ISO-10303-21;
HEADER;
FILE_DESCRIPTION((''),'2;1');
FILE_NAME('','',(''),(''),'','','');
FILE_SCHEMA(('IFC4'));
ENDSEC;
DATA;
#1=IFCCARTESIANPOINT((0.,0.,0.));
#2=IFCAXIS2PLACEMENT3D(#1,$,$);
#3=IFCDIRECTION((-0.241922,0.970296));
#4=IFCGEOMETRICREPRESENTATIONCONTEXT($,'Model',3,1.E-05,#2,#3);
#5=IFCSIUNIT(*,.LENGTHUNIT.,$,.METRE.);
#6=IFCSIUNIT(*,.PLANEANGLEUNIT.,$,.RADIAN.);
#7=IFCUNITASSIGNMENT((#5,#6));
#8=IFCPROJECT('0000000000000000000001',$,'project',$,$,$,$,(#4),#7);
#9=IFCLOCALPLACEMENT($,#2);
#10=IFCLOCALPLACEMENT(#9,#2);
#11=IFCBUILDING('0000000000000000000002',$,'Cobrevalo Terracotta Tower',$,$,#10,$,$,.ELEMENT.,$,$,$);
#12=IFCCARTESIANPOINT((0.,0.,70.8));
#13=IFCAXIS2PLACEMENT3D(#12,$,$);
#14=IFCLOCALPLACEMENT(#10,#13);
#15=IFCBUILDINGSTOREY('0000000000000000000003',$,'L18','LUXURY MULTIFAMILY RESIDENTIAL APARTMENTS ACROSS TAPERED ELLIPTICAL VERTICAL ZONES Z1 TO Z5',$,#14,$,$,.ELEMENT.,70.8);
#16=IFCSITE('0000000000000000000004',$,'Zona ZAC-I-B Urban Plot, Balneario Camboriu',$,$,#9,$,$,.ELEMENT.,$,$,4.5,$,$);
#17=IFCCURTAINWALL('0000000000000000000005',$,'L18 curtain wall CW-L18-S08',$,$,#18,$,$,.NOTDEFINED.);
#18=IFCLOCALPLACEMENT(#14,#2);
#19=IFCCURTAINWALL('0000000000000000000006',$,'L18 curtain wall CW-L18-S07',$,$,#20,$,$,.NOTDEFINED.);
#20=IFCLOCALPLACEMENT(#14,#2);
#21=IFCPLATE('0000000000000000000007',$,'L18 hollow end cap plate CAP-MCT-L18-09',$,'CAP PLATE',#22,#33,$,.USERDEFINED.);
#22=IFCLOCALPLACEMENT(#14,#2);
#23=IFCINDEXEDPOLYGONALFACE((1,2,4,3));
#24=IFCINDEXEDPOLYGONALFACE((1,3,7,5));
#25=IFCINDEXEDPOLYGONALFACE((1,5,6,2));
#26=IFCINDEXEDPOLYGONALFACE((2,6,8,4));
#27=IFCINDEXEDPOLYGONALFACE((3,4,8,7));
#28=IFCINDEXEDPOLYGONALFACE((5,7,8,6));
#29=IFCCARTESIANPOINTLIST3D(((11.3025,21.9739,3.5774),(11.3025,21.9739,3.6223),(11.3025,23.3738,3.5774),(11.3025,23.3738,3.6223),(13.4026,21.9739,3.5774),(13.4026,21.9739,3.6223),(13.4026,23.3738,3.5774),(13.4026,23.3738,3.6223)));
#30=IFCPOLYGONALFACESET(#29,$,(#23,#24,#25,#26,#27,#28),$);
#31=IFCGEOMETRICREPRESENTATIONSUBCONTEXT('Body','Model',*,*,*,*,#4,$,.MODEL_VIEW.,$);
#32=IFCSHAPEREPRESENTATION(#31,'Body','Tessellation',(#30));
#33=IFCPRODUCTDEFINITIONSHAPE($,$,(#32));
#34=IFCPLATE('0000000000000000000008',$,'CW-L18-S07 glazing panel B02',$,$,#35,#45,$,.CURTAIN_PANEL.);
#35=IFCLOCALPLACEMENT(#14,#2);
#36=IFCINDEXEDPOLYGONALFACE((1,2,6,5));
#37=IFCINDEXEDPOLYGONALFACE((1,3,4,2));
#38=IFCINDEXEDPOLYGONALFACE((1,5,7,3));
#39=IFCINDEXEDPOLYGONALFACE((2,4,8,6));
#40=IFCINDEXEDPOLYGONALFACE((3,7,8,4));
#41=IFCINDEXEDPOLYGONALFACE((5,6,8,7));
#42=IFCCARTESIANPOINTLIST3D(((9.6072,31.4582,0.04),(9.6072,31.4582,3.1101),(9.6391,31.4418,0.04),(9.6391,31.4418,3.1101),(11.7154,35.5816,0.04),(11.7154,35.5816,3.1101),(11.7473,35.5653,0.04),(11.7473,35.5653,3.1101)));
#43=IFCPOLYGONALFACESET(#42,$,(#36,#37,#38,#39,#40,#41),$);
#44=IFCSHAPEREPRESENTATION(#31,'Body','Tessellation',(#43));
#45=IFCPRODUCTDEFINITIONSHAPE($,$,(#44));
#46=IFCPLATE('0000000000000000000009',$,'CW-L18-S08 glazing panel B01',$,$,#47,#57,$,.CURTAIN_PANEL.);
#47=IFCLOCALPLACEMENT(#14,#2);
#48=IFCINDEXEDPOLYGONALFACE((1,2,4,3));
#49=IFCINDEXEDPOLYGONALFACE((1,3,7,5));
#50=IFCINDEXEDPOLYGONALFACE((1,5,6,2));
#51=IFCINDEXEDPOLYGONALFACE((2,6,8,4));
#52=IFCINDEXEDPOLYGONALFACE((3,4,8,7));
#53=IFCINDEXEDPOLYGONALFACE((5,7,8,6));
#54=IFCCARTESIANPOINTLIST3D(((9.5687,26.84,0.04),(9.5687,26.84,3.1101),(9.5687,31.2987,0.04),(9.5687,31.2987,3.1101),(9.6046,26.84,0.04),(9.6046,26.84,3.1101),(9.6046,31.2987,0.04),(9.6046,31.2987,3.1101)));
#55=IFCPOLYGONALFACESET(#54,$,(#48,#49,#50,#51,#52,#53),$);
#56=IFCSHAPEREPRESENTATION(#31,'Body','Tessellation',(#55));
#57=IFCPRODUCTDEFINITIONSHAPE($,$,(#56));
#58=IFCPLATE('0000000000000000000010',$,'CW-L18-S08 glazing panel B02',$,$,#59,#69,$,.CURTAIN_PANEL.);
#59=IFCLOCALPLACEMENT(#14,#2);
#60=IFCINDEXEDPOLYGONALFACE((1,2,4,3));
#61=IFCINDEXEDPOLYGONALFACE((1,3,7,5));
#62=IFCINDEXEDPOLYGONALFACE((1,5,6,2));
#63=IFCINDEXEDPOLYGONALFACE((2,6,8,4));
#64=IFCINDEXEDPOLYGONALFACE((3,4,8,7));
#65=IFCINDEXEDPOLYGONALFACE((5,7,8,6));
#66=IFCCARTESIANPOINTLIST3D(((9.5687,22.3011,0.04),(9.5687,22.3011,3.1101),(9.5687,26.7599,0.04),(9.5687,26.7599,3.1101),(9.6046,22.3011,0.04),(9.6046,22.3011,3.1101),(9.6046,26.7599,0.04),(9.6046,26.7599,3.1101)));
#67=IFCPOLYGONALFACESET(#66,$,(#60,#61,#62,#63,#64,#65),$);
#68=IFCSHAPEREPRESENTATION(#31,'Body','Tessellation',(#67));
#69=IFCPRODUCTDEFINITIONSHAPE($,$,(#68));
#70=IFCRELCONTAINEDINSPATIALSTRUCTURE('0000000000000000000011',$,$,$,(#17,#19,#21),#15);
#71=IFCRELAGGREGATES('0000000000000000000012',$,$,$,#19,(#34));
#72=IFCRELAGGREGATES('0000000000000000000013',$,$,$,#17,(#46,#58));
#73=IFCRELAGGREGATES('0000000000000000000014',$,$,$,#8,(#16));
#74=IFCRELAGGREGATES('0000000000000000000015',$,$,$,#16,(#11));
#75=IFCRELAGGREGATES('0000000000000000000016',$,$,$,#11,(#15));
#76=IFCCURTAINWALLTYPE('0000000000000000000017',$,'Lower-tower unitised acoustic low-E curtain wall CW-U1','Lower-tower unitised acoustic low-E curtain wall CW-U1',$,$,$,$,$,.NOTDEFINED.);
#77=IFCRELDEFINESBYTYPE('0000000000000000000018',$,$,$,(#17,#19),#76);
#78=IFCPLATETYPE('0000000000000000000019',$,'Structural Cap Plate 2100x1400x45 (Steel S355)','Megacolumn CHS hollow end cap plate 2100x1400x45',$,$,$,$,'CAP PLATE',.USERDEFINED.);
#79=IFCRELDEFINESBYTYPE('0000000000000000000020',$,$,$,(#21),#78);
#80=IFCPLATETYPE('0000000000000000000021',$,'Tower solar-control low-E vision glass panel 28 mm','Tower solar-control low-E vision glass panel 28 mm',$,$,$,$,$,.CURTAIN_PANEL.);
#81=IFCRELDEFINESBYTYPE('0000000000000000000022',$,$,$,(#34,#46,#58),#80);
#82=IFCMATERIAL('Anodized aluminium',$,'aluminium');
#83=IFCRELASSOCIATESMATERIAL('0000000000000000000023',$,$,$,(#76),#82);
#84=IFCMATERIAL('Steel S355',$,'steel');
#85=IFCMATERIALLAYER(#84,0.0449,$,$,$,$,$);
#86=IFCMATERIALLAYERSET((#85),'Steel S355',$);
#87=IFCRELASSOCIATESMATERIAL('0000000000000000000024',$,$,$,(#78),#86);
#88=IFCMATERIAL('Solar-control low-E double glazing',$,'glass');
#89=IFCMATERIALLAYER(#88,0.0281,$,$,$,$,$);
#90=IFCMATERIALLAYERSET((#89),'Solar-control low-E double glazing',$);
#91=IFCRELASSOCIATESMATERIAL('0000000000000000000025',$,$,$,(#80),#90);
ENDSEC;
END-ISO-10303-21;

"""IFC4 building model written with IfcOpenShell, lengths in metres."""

from ifc_helpers import new_model, si_unit, direction, frame, origin, origin_2d, place, context, subcontext, project, spatial, rectangle, extrude, source, transform, mapped, material, layer, layer_set, type_object, element, aggregate, save


model = new_model("IFC4")

# Units and contexts
model_context = context("Model", 3, precision=1e-05, world=origin(), true_north=direction((-0.241922, 0.970296)))
body_context = subcontext(model_context, "Body", "Model", "MODEL_VIEW")
ifc_project = project(units=[si_unit("LENGTHUNIT", "METRE"), si_unit("PLANEANGLEUNIT", "RADIAN")], contexts=[model_context])

# Site, building, storey
site_placement = place(None, origin())
site = spatial("IfcSite", under=ifc_project, at=site_placement, Name="Zona ZAC-I-B Urban Plot, Balneario Camboriu", CompositionType="ELEMENT", RefElevation=4.5)
building_placement = place(site_placement, origin())
building = spatial("IfcBuilding", under=site, at=building_placement, Name="Cobrevalo Terracotta Tower", CompositionType="ELEMENT")
storey_placement = place(building_placement, frame((0.0, 0.0, 70.8)))
storey = spatial("IfcBuildingStorey", under=building, at=storey_placement, Name="L18", Description="LUXURY MULTIFAMILY RESIDENTIAL APARTMENTS ACROSS TAPERED ELLIPTICAL VERTICAL ZONES Z1 TO Z5", CompositionType="ELEMENT", Elevation=70.8)

# Shared definitions
ifc_material_1 = material(Name="Steel S355", Category="steel")

# Curtain wall
ifc_material_2 = material(Name="Anodized aluminium", Category="aluminium")
curtain_wall_type = type_object("IfcCurtainWallType", Name="Lower-tower unitised acoustic low-E curtain wall CW-U1", Description="Lower-tower unitised acoustic low-E curtain wall CW-U1", PredefinedType="NOTDEFINED", material=ifc_material_2)
curtain_wall_1_placement = place(storey_placement, origin())
curtain_wall_1 = element("IfcCurtainWall", 1, at=curtain_wall_1_placement, inside=storey, type_object=curtain_wall_type, Name="L18 curtain wall CW-L18-S08", PredefinedType="NOTDEFINED")

# Curtain wall
curtain_wall_2_placement = place(storey_placement, origin())
curtain_wall_2 = element("IfcCurtainWall", 2, at=curtain_wall_2_placement, inside=storey, type_object=curtain_wall_type, Name="L18 curtain wall CW-L18-S07", PredefinedType="NOTDEFINED")

# Plate
ifc_layer_1 = layer(ifc_material_1, 0.0449)
ifc_layer_set_1 = layer_set([ifc_layer_1], Name="Steel S355")
plate_type_1 = type_object("IfcPlateType", Name="Structural Cap Plate 2100x1400x45 (Steel S355)", Description="Megacolumn CHS hollow end cap plate 2100x1400x45", ElementType="CAP PLATE", PredefinedType="USERDEFINED", material=ifc_layer_set_1)
shared_shape_1 = source(origin(), body_context, "Body", "SweptSolid", [
    extrude(rectangle(XDim=2.1001, YDim=1.3999, at=origin_2d()), origin(), (0.0, 0.0, 1.0), 0.0449),
])
for number, where, z_axis, x_axis, name in (
    (3, (12.3525, 22.6738, 3.5774), (0.0, 0.0, 1.0), (-1.0, 0.0, 0.0), "L18 hollow end cap plate CAP-MCT-L18-09"),
):
    element("IfcPlate", number, at=place(storey_placement, frame(where, z_axis=z_axis, x_axis=x_axis)), inside=storey, type_object=plate_type_1, Name=name, ObjectType="CAP PLATE", PredefinedType="USERDEFINED", context=body_context, shape_type="MappedRepresentation", body=[
        mapped(shared_shape_1, transform((0.0, 0.0, 0.0), scale=1.0)),
    ])

# Plates
ifc_material_3 = material(Name="Solar-control low-E double glazing", Category="glass")
ifc_layer_2 = layer(ifc_material_3, 0.0281)
ifc_layer_set_2 = layer_set([ifc_layer_2], Name="Solar-control low-E double glazing")
plate_type_2 = type_object("IfcPlateType", Name="Tower solar-control low-E vision glass panel 28 mm", Description="Tower solar-control low-E vision glass panel 28 mm", PredefinedType="CURTAIN_PANEL", material=ifc_layer_set_2)
shared_shape_2 = source(origin(), body_context, "Body", "SweptSolid", [
    extrude(rectangle(XDim=4.6311, YDim=0.0359, at=origin_2d()), origin(), (0.0, 0.0, 1.0), 3.0701),
])
plate_1_placement = place(storey_placement, frame((10.6772, 33.5117, 0.04), z_axis=(0.0, 0.0, 1.0), x_axis=(-0.455231, -0.890373, 0.0)))
plate_1 = element("IfcPlate", 4, at=plate_1_placement, type_object=plate_type_2, Name="CW-L18-S07 glazing panel B02", PredefinedType="CURTAIN_PANEL", context=body_context, shape_type="MappedRepresentation", body=[
    mapped(shared_shape_2, transform((0.0, 0.0, 0.0), scale=1.0)),
])
aggregate(curtain_wall_2, [plate_1])
shared_shape_3 = source(origin(), body_context, "Body", "SweptSolid", [
    extrude(rectangle(XDim=4.4587, YDim=0.0359, at=origin_2d()), origin(), (0.0, 0.0, 1.0), 3.0701),
])
plate_2_placement = place(storey_placement, frame((9.5867, 29.0693, 0.04), z_axis=(0.0, 0.0, 1.0), x_axis=(0.0, -1.0, 0.0)))
plate_2 = element("IfcPlate", 5, at=plate_2_placement, type_object=plate_type_2, Name="CW-L18-S08 glazing panel B01", PredefinedType="CURTAIN_PANEL", context=body_context, shape_type="MappedRepresentation", body=[
    mapped(shared_shape_3, transform((0.0, 0.0, 0.0), scale=1.0)),
])
plate_3_placement = place(storey_placement, frame((9.5867, 24.5305, 0.04), z_axis=(0.0, 0.0, 1.0), x_axis=(0.0, -1.0, 0.0)))
plate_3 = element("IfcPlate", 6, at=plate_3_placement, type_object=plate_type_2, Name="CW-L18-S08 glazing panel B02", PredefinedType="CURTAIN_PANEL", context=body_context, shape_type="MappedRepresentation", body=[
    mapped(shared_shape_3, transform((0.0, 0.0, 0.0), scale=1.0)),
])
aggregate(curtain_wall_1, [plate_2, plate_3])

save(model, "model.ifc")
